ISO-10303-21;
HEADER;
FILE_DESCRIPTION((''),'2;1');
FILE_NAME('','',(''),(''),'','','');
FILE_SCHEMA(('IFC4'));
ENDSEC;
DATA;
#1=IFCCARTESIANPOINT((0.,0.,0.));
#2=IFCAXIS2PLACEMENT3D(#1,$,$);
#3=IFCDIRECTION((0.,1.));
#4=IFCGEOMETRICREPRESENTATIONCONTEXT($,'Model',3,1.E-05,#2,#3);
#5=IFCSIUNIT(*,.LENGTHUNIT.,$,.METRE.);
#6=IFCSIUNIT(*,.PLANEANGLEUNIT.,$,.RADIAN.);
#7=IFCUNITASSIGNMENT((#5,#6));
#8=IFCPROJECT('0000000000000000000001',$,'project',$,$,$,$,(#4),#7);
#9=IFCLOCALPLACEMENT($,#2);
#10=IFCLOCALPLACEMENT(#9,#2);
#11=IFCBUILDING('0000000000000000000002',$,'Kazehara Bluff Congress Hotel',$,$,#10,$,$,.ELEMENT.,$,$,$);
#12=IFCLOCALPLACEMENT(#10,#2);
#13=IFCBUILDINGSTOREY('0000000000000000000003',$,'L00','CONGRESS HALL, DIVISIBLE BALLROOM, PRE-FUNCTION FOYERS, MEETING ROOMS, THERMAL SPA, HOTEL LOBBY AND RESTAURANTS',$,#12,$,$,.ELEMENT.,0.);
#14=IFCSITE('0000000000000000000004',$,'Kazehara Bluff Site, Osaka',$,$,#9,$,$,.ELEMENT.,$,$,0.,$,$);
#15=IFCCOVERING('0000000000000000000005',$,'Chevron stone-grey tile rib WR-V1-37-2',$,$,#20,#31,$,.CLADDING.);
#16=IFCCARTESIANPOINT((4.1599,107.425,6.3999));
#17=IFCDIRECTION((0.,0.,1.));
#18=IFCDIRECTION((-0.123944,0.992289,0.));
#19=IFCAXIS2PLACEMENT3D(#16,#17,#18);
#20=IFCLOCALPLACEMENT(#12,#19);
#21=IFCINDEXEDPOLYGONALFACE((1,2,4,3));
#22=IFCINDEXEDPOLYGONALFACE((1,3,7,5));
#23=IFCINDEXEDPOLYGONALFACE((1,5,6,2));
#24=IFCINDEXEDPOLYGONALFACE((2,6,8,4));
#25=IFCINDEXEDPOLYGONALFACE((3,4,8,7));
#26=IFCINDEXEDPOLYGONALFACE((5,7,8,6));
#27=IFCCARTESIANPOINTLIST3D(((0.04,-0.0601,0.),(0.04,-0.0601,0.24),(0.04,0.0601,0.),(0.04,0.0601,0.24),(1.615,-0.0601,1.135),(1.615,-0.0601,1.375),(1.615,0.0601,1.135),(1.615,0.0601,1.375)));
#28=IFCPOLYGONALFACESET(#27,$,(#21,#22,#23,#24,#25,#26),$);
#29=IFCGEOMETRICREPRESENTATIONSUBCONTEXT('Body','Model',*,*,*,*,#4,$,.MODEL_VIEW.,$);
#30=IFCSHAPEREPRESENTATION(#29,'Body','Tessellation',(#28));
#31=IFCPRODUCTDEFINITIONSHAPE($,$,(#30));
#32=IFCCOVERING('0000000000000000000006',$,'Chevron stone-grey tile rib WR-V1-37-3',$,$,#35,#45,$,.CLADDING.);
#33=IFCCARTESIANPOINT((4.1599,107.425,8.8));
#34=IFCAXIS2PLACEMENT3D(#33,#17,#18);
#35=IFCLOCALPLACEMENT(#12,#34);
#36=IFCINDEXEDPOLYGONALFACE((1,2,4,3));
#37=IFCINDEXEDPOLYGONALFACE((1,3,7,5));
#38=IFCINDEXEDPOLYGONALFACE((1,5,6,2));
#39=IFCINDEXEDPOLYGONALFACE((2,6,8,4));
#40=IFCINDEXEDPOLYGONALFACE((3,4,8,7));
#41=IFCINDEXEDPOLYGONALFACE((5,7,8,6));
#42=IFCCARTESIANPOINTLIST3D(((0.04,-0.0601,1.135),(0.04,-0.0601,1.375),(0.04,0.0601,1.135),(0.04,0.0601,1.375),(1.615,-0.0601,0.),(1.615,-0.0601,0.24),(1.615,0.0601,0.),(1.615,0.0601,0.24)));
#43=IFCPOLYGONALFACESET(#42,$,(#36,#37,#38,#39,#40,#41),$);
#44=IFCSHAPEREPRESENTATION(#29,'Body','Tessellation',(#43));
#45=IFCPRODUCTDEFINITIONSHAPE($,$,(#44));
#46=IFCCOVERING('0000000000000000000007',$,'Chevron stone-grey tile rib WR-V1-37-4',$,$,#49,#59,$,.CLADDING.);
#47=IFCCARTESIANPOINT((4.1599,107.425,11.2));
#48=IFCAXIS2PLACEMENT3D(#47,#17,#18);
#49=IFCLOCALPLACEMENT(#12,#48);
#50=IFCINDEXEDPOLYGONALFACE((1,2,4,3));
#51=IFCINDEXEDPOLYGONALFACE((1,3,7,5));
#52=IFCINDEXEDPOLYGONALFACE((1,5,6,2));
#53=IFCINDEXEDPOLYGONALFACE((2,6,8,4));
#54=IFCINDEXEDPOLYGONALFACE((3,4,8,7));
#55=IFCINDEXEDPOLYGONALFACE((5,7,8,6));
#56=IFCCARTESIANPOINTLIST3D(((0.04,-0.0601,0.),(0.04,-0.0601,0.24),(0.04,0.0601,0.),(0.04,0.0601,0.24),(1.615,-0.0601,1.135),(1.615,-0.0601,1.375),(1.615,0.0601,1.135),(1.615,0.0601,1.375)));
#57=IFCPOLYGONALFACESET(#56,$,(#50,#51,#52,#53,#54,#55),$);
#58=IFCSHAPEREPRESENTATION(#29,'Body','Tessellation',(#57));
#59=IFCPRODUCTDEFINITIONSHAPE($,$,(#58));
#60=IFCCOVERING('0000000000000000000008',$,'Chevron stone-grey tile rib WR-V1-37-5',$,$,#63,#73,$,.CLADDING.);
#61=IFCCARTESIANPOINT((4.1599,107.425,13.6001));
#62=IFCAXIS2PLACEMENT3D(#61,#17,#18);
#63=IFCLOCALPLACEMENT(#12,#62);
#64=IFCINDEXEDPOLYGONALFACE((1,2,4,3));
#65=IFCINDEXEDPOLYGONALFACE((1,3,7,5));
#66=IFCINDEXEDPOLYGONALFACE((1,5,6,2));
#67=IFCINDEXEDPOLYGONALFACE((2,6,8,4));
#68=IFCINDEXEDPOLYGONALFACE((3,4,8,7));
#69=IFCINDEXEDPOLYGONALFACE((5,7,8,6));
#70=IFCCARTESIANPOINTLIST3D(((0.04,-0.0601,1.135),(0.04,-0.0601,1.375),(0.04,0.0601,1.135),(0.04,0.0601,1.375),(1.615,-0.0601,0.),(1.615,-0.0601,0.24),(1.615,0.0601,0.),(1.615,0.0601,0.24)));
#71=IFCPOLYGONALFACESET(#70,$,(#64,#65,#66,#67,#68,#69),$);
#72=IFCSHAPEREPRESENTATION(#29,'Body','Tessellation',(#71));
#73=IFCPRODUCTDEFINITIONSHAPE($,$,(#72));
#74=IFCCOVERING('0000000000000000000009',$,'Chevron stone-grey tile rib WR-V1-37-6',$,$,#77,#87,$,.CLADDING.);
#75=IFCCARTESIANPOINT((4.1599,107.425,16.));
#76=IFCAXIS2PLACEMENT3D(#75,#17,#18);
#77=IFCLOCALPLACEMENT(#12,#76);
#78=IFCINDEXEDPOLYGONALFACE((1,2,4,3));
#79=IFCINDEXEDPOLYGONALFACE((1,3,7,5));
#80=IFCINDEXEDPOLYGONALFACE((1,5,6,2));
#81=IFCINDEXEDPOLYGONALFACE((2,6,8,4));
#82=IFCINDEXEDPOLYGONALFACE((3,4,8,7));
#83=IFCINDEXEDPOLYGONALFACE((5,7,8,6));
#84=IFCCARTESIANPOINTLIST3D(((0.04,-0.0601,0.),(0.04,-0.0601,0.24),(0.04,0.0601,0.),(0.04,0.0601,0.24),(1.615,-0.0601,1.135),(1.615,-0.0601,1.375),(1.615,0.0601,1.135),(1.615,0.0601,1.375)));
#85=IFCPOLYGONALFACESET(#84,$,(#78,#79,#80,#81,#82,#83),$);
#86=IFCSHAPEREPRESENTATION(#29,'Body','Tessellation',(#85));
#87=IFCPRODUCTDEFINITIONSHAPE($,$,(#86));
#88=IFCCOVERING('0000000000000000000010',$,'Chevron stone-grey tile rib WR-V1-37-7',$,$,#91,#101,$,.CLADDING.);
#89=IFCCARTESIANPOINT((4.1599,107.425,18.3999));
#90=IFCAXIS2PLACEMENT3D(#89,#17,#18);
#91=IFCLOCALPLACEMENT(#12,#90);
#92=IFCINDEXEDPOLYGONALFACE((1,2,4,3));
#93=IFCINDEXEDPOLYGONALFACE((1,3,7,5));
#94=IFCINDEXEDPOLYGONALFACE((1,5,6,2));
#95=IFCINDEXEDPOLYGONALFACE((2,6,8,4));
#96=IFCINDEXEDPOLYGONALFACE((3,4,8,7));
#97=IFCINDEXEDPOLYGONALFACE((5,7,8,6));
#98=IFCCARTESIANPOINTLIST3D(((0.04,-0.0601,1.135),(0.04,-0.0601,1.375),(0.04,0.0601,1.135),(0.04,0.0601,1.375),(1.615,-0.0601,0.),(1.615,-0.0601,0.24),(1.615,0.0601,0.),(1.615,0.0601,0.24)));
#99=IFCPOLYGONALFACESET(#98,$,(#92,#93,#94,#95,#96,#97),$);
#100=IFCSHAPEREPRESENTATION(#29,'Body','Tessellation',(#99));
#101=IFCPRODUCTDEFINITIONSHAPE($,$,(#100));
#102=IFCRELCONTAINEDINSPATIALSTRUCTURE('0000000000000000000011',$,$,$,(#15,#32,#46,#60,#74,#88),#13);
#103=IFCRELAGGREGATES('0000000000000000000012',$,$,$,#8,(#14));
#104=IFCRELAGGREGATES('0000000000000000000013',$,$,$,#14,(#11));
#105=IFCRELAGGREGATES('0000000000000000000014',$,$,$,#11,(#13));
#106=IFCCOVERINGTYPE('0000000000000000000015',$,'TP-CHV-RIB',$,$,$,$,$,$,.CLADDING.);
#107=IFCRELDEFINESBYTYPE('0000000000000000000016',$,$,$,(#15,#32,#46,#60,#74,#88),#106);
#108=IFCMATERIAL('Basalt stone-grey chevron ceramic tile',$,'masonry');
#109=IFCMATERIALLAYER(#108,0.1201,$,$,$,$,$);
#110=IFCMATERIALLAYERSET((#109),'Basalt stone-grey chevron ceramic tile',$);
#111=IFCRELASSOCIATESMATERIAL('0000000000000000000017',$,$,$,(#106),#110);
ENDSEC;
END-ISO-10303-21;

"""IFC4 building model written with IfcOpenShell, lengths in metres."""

from ifc_helpers import new_model, si_unit, direction, frame, origin, place, context, subcontext, project, spatial, polyline, outline, extrude, material, layer, layer_set, type_object, element, save


model = new_model("IFC4")

# Units and contexts
model_context = context("Model", 3, precision=1e-05, world=origin(), true_north=direction((0.0, 1.0)))
body_context = subcontext(model_context, "Body", "Model", "MODEL_VIEW")
ifc_project = project(units=[si_unit("LENGTHUNIT", "METRE"), si_unit("PLANEANGLEUNIT", "RADIAN")], contexts=[model_context])

# Site, building, storey
site_placement = place(None, origin())
site = spatial("IfcSite", under=ifc_project, at=site_placement, Name="Kazehara Bluff Site, Osaka", CompositionType="ELEMENT", RefElevation=0.0)
building_placement = place(site_placement, origin())
building = spatial("IfcBuilding", under=site, at=building_placement, Name="Kazehara Bluff Congress Hotel", CompositionType="ELEMENT")
storey_placement = place(building_placement, origin())
storey = spatial("IfcBuildingStorey", under=building, at=storey_placement, Name="L00", Description="CONGRESS HALL, DIVISIBLE BALLROOM, PRE-FUNCTION FOYERS, MEETING ROOMS, THERMAL SPA, HOTEL LOBBY AND RESTAURANTS", CompositionType="ELEMENT", Elevation=0.0)

# Coverings
ifc_material_1 = material(Name="Basalt stone-grey chevron ceramic tile", Category="masonry")
ifc_layer_1 = layer(ifc_material_1, 0.1201)
ifc_layer_set_1 = layer_set([ifc_layer_1], Name="Basalt stone-grey chevron ceramic tile")
covering_type = type_object("IfcCoveringType", Name="TP-CHV-RIB", PredefinedType="CLADDING", material=ifc_layer_set_1)
covering_1_placement = place(storey_placement, frame((4.1599, 107.425, 6.3999), z_axis=(0.0, 0.0, 1.0), x_axis=(-0.123944, 0.992289, 0.0)))
element("IfcCovering", 1, at=covering_1_placement, inside=storey, type_object=covering_type, Name="Chevron stone-grey tile rib WR-V1-37-2", PredefinedType="CLADDING", context=body_context, shape_type="SweptSolid", body=[
    extrude(outline(polyline([(0.04, 0.0), (1.615, 1.135), (1.615, 1.375), (0.04, 0.24), (0.04, 0.0)])), frame((0.0, 0.0601, 0.0), z_axis=(0.0, -1.0, 0.0), x_axis=(1.0, 0.0, 0.0)), (0.0, 0.0, 1.0), 0.1201),
])
covering_2_placement = place(storey_placement, frame((4.1599, 107.425, 8.8), z_axis=(0.0, 0.0, 1.0), x_axis=(-0.123944, 0.992289, 0.0)))
element("IfcCovering", 2, at=covering_2_placement, inside=storey, type_object=covering_type, Name="Chevron stone-grey tile rib WR-V1-37-3", PredefinedType="CLADDING", context=body_context, shape_type="SweptSolid", body=[
    extrude(outline(polyline([(0.04, 1.135), (1.615, 0.0), (1.615, 0.24), (0.04, 1.375), (0.04, 1.135)])), frame((0.0, 0.0601, 0.0), z_axis=(0.0, -1.0, 0.0), x_axis=(1.0, 0.0, 0.0)), (0.0, 0.0, 1.0), 0.1201),
])
covering_3_placement = place(storey_placement, frame((4.1599, 107.425, 11.2), z_axis=(0.0, 0.0, 1.0), x_axis=(-0.123944, 0.992289, 0.0)))
element("IfcCovering", 3, at=covering_3_placement, inside=storey, type_object=covering_type, Name="Chevron stone-grey tile rib WR-V1-37-4", PredefinedType="CLADDING", context=body_context, shape_type="SweptSolid", body=[
    extrude(outline(polyline([(0.04, 0.0), (1.615, 1.135), (1.615, 1.375), (0.04, 0.24), (0.04, 0.0)])), frame((0.0, 0.0601, 0.0), z_axis=(0.0, -1.0, 0.0), x_axis=(1.0, 0.0, 0.0)), (0.0, 0.0, 1.0), 0.1201),
])
covering_4_placement = place(storey_placement, frame((4.1599, 107.425, 13.6001), z_axis=(0.0, 0.0, 1.0), x_axis=(-0.123944, 0.992289, 0.0)))
element("IfcCovering", 4, at=covering_4_placement, inside=storey, type_object=covering_type, Name="Chevron stone-grey tile rib WR-V1-37-5", PredefinedType="CLADDING", context=body_context, shape_type="SweptSolid", body=[
    extrude(outline(polyline([(0.04, 1.135), (1.615, 0.0), (1.615, 0.24), (0.04, 1.375), (0.04, 1.135)])), frame((0.0, 0.0601, 0.0), z_axis=(0.0, -1.0, 0.0), x_axis=(1.0, 0.0, 0.0)), (0.0, 0.0, 1.0), 0.1201),
])
covering_5_placement = place(storey_placement, frame((4.1599, 107.425, 16.0), z_axis=(0.0, 0.0, 1.0), x_axis=(-0.123944, 0.992289, 0.0)))
element("IfcCovering", 5, at=covering_5_placement, inside=storey, type_object=covering_type, Name="Chevron stone-grey tile rib WR-V1-37-6", PredefinedType="CLADDING", context=body_context, shape_type="SweptSolid", body=[
    extrude(outline(polyline([(0.04, 0.0), (1.615, 1.135), (1.615, 1.375), (0.04, 0.24), (0.04, 0.0)])), frame((0.0, 0.0601, 0.0), z_axis=(0.0, -1.0, 0.0), x_axis=(1.0, 0.0, 0.0)), (0.0, 0.0, 1.0), 0.1201),
])
covering_6_placement = place(storey_placement, frame((4.1599, 107.425, 18.3999), z_axis=(0.0, 0.0, 1.0), x_axis=(-0.123944, 0.992289, 0.0)))
element("IfcCovering", 6, at=covering_6_placement, inside=storey, type_object=covering_type, Name="Chevron stone-grey tile rib WR-V1-37-7", PredefinedType="CLADDING", context=body_context, shape_type="SweptSolid", body=[
    extrude(outline(polyline([(0.04, 1.135), (1.615, 0.0), (1.615, 0.24), (0.04, 1.375), (0.04, 1.135)])), frame((0.0, 0.0601, 0.0), z_axis=(0.0, -1.0, 0.0), x_axis=(1.0, 0.0, 0.0)), (0.0, 0.0, 1.0), 0.1201),
])

save(model, "model.ifc")
